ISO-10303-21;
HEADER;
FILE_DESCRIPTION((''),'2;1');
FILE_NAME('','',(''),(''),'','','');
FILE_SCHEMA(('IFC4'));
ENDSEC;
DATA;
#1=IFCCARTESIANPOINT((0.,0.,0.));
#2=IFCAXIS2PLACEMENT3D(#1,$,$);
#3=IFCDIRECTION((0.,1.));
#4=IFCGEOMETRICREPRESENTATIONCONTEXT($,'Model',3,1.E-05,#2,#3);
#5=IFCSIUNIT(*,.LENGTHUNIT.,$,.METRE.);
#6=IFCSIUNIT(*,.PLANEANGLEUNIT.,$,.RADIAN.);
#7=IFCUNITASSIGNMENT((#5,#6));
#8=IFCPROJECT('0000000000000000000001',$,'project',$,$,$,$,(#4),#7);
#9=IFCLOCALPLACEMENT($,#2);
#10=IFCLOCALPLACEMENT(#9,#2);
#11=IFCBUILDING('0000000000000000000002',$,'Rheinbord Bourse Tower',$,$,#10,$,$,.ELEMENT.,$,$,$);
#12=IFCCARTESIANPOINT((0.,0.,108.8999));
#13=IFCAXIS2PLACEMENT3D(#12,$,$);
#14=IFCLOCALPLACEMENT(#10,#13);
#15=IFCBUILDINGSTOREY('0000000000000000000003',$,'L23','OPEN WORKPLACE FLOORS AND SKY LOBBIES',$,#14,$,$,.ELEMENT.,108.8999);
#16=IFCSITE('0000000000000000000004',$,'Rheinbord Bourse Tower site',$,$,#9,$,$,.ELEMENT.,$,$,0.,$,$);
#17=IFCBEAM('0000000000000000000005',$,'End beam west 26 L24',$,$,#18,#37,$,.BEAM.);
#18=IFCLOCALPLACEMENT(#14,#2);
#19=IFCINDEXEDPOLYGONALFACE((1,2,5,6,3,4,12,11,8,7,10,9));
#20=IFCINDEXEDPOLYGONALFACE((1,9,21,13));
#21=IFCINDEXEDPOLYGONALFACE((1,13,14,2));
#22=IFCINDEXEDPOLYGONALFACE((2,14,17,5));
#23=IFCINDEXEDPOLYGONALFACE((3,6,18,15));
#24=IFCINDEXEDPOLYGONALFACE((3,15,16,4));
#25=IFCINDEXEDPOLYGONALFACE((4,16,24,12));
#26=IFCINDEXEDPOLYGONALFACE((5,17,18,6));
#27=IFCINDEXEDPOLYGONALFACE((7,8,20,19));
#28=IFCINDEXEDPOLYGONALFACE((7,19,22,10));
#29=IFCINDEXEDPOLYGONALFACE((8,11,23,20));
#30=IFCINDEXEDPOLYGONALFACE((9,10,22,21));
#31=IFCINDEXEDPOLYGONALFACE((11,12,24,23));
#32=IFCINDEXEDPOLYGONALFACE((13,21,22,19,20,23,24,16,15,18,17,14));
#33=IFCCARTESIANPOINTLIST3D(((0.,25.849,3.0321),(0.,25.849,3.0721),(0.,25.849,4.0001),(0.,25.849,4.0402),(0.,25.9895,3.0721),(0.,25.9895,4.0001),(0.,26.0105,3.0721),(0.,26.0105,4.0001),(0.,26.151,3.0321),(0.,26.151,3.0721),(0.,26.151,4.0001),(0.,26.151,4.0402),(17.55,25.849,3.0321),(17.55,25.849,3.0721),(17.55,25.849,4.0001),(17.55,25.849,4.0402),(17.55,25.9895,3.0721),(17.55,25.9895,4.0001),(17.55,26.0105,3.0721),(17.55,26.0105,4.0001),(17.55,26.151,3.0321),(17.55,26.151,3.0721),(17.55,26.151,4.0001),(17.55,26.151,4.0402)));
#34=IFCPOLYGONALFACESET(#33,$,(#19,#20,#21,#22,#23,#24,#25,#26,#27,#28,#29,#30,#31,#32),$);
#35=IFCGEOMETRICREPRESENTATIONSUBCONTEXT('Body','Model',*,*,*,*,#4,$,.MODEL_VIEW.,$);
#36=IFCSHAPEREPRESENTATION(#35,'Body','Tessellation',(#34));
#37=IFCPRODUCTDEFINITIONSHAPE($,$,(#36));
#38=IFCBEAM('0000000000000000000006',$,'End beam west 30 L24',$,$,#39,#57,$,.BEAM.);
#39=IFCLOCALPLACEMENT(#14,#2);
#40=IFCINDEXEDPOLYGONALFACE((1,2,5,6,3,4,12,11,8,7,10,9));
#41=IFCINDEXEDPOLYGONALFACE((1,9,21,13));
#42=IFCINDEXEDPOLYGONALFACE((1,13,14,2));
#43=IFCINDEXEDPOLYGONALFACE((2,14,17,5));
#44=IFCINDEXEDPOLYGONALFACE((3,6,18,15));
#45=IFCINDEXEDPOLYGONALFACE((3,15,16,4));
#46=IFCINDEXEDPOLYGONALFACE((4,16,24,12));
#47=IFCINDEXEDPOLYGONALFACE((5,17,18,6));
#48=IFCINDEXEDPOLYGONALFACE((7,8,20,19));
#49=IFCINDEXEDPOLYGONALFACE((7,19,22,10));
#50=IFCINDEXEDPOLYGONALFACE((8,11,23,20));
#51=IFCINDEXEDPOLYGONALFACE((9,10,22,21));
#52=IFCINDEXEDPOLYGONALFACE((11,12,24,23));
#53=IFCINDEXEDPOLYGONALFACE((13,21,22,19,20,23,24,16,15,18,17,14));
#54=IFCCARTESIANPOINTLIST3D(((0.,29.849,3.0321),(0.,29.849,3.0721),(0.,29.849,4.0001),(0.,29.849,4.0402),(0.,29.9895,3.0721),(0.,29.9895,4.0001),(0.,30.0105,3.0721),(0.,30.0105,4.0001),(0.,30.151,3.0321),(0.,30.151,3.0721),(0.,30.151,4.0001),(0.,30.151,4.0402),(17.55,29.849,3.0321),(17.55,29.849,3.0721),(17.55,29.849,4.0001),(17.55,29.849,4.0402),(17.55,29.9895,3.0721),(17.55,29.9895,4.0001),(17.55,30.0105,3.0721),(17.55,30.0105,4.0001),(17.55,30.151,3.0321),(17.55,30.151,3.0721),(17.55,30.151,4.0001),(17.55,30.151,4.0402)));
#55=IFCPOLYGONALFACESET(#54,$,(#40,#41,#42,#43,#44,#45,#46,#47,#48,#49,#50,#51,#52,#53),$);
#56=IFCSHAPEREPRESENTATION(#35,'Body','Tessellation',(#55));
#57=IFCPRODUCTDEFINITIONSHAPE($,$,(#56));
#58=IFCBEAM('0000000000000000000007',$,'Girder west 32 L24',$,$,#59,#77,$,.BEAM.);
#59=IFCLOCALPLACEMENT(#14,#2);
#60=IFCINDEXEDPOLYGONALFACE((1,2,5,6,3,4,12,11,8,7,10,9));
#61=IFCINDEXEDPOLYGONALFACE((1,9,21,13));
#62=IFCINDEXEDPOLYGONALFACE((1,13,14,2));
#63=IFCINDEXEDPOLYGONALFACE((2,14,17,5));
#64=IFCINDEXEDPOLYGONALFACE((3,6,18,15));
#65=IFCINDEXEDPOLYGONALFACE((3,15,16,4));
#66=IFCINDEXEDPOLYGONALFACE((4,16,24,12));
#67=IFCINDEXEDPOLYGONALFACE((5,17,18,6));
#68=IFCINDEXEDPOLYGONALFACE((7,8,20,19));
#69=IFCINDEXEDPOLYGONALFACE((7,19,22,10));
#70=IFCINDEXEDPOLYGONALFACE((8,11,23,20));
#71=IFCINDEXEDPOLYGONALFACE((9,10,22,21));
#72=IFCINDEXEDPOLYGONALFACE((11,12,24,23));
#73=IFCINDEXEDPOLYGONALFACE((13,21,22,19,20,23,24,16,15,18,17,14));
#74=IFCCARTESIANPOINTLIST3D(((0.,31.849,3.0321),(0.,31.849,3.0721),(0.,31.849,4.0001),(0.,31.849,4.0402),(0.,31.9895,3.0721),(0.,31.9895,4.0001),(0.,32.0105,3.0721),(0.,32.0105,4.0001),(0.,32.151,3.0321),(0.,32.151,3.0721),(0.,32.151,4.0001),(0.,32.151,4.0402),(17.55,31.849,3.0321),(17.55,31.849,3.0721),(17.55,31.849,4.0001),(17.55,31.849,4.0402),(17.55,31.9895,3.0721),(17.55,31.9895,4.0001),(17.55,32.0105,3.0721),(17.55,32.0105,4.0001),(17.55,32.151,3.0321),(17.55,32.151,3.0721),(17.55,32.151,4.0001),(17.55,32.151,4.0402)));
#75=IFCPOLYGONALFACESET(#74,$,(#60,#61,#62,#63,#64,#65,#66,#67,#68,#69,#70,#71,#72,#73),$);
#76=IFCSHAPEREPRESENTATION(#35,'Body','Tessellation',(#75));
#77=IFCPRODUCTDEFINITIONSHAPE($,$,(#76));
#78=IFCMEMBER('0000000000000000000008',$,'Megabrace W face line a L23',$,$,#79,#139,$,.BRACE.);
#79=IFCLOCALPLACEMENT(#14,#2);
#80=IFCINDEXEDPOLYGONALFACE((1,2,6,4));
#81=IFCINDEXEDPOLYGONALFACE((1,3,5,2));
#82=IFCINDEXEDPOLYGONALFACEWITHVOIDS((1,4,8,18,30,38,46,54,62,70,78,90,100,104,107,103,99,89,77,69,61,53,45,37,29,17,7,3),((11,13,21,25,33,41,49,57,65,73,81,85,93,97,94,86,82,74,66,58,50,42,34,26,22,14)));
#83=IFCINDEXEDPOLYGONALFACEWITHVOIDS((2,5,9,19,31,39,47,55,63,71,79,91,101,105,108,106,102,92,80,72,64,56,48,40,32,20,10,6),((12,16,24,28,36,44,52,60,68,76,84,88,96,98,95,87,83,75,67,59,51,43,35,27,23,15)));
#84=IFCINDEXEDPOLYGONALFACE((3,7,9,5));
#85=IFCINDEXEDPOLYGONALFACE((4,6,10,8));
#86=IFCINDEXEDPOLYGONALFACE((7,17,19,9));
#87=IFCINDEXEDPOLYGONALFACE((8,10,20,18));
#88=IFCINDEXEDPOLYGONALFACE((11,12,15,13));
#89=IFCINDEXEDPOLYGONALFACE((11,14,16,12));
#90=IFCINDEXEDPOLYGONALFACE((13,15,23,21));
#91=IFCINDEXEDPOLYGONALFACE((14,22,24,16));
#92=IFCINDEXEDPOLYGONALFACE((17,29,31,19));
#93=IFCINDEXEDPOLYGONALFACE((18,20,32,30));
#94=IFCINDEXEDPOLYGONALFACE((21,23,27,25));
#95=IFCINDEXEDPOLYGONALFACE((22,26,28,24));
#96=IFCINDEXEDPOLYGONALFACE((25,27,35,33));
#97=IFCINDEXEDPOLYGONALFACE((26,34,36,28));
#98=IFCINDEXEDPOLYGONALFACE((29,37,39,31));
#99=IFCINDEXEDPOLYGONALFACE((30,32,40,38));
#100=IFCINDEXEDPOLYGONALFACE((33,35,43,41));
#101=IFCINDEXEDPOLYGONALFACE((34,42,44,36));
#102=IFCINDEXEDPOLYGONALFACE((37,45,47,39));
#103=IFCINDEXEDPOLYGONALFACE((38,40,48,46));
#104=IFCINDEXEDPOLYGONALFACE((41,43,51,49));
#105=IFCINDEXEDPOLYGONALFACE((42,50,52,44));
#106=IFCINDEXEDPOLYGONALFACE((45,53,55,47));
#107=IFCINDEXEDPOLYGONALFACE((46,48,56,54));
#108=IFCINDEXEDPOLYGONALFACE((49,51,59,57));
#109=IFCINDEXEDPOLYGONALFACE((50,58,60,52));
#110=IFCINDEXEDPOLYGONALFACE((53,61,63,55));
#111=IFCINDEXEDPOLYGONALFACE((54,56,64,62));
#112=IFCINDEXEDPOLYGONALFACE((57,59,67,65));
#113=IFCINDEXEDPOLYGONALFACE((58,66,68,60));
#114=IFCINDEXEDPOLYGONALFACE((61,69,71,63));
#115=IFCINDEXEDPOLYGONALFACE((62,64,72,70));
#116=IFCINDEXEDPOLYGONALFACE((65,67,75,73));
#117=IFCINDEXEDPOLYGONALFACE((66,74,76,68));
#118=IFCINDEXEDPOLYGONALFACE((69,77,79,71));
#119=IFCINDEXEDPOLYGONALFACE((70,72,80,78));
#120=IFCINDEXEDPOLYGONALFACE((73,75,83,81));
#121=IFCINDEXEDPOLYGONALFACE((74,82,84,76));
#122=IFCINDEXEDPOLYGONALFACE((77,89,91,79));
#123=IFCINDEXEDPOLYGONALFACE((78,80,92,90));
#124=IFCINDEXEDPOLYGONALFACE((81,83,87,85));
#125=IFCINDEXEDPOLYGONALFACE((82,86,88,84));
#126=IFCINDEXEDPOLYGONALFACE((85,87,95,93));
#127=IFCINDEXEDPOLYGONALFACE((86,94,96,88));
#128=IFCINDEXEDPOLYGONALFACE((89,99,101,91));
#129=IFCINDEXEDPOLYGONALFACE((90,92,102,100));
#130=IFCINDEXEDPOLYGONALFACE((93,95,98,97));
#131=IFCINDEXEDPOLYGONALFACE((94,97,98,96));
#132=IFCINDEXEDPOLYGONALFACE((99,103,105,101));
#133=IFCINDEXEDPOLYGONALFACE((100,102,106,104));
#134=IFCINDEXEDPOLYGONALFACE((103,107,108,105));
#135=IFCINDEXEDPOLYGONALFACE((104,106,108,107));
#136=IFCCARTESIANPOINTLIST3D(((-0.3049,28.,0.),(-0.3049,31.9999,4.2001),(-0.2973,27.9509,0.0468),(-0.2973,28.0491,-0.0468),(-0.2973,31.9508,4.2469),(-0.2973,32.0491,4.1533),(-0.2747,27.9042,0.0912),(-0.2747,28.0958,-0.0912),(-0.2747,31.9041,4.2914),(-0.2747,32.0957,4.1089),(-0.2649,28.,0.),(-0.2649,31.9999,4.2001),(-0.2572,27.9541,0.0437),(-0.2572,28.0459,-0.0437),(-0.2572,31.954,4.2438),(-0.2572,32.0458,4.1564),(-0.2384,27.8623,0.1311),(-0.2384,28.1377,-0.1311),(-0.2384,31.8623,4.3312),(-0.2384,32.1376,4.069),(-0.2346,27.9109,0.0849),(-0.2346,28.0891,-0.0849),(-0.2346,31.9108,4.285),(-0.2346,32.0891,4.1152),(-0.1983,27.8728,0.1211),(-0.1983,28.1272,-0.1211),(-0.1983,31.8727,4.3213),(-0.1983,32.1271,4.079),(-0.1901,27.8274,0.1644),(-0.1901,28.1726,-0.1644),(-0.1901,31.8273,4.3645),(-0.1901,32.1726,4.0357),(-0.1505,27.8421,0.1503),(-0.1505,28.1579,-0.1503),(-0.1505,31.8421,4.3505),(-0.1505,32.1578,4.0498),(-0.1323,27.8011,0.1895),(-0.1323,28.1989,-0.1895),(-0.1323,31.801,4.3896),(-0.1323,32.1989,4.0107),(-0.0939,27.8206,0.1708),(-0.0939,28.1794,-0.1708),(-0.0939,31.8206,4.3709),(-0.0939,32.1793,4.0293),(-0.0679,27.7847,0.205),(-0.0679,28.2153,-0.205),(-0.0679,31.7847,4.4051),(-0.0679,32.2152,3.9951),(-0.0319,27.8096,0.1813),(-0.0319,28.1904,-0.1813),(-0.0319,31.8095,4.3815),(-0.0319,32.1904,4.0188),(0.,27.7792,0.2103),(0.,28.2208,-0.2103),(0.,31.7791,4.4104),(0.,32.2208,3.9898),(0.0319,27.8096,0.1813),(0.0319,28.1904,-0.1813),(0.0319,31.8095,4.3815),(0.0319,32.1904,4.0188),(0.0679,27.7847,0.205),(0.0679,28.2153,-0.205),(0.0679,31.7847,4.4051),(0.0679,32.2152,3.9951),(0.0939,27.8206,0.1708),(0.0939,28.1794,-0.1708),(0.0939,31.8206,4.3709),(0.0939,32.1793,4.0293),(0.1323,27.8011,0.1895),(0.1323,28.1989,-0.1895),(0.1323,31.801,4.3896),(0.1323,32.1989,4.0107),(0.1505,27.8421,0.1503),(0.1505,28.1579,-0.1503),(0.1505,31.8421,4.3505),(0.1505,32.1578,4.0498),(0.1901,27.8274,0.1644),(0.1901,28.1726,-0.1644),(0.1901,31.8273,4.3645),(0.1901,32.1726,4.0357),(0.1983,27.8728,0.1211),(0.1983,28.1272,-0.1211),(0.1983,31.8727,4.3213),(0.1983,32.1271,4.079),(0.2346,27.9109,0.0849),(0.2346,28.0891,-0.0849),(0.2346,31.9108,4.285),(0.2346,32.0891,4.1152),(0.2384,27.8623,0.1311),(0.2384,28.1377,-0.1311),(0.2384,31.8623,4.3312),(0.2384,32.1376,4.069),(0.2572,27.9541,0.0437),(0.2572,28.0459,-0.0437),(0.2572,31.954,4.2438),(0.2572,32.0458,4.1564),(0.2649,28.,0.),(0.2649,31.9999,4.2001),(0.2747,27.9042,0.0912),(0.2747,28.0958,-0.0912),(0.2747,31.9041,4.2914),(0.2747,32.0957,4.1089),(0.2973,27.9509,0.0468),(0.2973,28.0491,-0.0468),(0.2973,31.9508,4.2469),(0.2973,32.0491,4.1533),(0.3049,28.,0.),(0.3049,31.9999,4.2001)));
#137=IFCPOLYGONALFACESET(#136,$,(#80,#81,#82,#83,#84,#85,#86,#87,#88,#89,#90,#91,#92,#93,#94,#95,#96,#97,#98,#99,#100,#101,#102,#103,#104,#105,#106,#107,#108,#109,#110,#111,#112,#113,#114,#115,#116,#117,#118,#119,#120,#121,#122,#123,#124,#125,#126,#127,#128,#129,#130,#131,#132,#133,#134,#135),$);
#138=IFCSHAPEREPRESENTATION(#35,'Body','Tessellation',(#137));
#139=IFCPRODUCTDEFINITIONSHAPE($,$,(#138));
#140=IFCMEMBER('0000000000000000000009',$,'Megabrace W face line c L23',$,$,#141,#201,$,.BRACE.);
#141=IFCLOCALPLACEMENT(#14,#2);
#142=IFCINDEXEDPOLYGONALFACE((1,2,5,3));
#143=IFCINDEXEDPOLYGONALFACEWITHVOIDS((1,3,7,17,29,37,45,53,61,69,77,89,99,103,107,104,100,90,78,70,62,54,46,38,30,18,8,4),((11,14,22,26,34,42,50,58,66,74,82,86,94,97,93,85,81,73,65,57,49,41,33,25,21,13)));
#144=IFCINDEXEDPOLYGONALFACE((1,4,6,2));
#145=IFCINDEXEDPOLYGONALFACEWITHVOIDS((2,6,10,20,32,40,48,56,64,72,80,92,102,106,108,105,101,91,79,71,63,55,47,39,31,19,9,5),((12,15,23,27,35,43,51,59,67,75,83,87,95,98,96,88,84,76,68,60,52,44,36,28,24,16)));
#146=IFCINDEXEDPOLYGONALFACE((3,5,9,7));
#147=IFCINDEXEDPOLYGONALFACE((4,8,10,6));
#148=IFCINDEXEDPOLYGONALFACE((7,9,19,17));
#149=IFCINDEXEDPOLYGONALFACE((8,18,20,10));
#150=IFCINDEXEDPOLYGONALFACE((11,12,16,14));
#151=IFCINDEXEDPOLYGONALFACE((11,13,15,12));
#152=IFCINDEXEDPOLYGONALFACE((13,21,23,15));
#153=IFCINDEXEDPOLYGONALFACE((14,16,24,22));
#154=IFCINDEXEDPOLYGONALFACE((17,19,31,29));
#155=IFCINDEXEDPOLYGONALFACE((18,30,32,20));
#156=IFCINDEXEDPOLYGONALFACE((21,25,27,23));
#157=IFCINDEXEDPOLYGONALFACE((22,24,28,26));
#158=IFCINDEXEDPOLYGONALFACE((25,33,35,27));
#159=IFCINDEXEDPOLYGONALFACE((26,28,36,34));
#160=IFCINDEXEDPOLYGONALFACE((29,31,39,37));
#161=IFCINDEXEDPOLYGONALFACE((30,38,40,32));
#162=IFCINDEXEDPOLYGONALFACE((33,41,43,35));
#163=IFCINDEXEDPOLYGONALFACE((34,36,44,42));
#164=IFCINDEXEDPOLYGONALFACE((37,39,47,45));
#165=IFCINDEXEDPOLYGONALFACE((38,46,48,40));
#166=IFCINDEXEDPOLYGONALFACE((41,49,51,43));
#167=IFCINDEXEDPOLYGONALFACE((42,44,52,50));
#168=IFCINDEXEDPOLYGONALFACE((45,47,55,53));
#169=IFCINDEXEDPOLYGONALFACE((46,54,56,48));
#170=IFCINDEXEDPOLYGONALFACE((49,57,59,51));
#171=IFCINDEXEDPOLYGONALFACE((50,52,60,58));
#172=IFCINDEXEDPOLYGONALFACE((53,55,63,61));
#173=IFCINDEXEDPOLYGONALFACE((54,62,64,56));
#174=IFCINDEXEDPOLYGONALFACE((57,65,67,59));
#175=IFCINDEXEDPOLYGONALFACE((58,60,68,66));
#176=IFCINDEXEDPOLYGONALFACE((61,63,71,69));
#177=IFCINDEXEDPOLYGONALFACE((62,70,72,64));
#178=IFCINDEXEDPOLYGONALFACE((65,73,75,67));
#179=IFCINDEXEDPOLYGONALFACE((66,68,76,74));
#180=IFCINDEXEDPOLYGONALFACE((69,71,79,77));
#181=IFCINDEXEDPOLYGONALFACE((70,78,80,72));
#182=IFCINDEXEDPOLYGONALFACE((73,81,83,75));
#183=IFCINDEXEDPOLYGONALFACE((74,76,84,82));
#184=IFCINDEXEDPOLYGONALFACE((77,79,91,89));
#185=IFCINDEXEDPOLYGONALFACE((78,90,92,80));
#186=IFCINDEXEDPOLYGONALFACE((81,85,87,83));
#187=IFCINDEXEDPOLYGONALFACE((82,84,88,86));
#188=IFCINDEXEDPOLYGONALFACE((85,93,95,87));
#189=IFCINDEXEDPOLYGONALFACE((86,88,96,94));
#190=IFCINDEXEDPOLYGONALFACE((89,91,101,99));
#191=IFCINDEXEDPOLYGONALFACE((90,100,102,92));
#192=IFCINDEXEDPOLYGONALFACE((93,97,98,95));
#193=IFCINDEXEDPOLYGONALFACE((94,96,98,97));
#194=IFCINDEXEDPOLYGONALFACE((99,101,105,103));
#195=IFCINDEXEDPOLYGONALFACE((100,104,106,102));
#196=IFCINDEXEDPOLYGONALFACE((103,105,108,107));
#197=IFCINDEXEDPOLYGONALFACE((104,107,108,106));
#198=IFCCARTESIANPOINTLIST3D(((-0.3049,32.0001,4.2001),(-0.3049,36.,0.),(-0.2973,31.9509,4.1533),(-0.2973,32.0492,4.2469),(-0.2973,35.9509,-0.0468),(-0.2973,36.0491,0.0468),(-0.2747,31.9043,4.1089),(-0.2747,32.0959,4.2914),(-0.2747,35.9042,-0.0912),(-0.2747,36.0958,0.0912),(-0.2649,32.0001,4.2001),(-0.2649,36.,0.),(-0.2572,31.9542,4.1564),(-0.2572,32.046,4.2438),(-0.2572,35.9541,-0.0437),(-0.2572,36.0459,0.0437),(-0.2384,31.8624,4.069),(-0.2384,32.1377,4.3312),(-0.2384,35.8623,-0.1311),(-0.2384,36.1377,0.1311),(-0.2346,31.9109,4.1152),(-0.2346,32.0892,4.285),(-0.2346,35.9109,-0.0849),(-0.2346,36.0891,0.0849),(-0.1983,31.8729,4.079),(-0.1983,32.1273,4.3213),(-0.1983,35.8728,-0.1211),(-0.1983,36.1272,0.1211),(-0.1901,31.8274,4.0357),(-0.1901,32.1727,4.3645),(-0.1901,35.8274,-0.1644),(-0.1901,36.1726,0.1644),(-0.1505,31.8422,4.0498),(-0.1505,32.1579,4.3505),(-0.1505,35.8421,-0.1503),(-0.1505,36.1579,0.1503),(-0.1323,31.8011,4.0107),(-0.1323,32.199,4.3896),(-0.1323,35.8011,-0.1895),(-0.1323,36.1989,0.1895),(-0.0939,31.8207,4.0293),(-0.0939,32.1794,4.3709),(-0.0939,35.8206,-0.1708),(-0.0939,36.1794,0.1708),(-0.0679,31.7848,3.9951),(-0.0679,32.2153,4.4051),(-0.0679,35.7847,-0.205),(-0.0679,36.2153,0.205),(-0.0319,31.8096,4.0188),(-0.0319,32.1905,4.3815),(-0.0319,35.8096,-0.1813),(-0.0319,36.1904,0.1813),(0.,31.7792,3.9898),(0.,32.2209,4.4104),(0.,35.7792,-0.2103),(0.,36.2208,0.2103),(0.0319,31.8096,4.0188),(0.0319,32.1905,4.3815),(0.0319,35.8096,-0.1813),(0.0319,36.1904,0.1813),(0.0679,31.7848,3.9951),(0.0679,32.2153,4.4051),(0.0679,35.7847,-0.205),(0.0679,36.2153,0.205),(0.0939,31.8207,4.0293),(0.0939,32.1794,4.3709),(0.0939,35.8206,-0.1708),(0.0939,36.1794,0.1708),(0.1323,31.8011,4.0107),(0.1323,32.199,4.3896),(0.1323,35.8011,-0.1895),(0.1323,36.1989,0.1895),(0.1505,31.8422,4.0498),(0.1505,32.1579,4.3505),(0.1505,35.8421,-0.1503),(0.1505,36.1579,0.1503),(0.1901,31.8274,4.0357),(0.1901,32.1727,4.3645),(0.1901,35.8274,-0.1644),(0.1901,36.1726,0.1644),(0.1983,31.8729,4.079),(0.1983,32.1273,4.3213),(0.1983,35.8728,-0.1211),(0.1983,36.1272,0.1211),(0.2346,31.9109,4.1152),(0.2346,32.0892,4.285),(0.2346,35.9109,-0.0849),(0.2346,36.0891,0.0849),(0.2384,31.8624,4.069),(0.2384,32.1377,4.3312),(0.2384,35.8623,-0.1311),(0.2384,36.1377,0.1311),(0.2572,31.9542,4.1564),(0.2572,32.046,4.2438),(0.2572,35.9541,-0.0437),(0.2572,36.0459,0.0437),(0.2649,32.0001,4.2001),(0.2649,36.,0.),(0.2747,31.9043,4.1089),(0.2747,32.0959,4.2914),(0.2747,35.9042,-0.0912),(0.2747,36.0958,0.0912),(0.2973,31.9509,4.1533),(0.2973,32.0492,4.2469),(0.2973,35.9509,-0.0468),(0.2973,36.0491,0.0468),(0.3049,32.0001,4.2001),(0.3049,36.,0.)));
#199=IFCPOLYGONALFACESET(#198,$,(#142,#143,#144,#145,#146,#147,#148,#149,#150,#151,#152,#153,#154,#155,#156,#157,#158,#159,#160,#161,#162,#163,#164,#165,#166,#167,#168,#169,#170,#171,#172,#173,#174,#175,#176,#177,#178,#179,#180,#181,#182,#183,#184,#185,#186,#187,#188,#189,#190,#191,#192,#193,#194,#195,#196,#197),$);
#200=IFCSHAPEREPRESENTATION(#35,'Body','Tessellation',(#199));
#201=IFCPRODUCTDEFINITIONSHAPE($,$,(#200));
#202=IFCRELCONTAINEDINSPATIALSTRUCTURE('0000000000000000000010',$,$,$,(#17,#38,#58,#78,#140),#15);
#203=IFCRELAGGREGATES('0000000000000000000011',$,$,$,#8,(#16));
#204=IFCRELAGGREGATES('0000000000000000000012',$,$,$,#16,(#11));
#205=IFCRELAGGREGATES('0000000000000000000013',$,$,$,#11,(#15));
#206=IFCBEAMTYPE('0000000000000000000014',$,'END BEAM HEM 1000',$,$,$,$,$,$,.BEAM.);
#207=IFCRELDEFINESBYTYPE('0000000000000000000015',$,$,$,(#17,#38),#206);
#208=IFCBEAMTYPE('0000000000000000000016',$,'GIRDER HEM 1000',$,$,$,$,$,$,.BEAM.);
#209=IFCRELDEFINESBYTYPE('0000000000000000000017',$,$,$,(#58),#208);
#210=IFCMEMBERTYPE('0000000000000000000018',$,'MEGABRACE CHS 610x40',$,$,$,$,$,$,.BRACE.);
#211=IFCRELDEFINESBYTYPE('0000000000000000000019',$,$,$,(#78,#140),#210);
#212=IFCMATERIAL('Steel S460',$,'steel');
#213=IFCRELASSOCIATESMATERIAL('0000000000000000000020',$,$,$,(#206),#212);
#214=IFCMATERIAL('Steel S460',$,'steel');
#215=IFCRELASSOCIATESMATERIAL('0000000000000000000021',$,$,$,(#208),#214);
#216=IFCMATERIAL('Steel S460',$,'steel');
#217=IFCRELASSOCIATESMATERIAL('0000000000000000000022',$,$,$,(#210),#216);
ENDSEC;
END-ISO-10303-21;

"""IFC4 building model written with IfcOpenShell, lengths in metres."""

from ifc_helpers import new_model, si_unit, direction, frame, origin, origin_2d, place, context, subcontext, project, spatial, hollow_circle, i_section, extrude, material, material_profile, profile_set, type_object, element, save


model = new_model("IFC4")

# Units and contexts
model_context = context("Model", 3, precision=1e-05, world=origin(), true_north=direction((0.0, 1.0)))
body_context = subcontext(model_context, "Body", "Model", "MODEL_VIEW")
ifc_project = project(units=[si_unit("LENGTHUNIT", "METRE"), si_unit("PLANEANGLEUNIT", "RADIAN")], contexts=[model_context])

# Site, building, storey
site_placement = place(None, origin())
site = spatial("IfcSite", under=ifc_project, at=site_placement, Name="Rheinbord Bourse Tower site", CompositionType="ELEMENT", RefElevation=0.0)
building_placement = place(site_placement, origin())
building = spatial("IfcBuilding", under=site, at=building_placement, Name="Rheinbord Bourse Tower", CompositionType="ELEMENT")
storey_placement = place(building_placement, frame((0.0, 0.0, 108.8999)))
storey = spatial("IfcBuildingStorey", under=building, at=storey_placement, Name="L23", Description="OPEN WORKPLACE FLOORS AND SKY LOBBIES", CompositionType="ELEMENT", Elevation=108.8999)

# Beams
ifc_material_1 = material(Name="Steel S460", Category="steel")
ifc_material_profile_1 = material_profile(ifc_material_1, i_section(OverallWidth=0.302, OverallDepth=1.0081, WebThickness=0.021, FlangeThickness=0.04, at=origin_2d()), Name="HEM 1000")
ifc_profile_set_1 = profile_set([ifc_material_profile_1], Name="Steel S460")
beam_type_1 = type_object("IfcBeamType", Name="END BEAM HEM 1000", PredefinedType="BEAM", material=ifc_profile_set_1)
for number, where, z_axis, x_axis, name in (
    (1, (0.0, 26.0, 3.5361), (1.0, 0.0, 0.0), (0.0, 1.0, 0.0), "End beam west 26 L24"),
    (2, (0.0, 30.0, 3.5361), (1.0, 0.0, 0.0), (0.0, 1.0, 0.0), "End beam west 30 L24"),
):
    element("IfcBeam", number, at=place(storey_placement, frame(where, z_axis=z_axis, x_axis=x_axis)), inside=storey, type_object=beam_type_1, Name=name, PredefinedType="BEAM", context=body_context, shape_type="SweptSolid", body=[
        extrude(i_section(OverallWidth=0.302, OverallDepth=1.0081, WebThickness=0.021, FlangeThickness=0.04, at=origin_2d()), origin(), (0.0, 0.0, 1.0), 17.55),
    ])
ifc_material_2 = material(Name="Steel S460", Category="steel")
ifc_material_profile_2 = material_profile(ifc_material_2, i_section(OverallWidth=0.302, OverallDepth=1.0081, WebThickness=0.021, FlangeThickness=0.04, at=origin_2d()), Name="HEM 1000")
ifc_profile_set_2 = profile_set([ifc_material_profile_2], Name="Steel S460")
beam_type_2 = type_object("IfcBeamType", Name="GIRDER HEM 1000", PredefinedType="BEAM", material=ifc_profile_set_2)
beam_1_placement = place(storey_placement, frame((0.0, 32.0, 3.5361), z_axis=(1.0, 0.0, 0.0), x_axis=(0.0, 1.0, 0.0)))
element("IfcBeam", 3, at=beam_1_placement, inside=storey, type_object=beam_type_2, Name="Girder west 32 L24", PredefinedType="BEAM", context=body_context, shape_type="SweptSolid", body=[
    extrude(i_section(OverallWidth=0.302, OverallDepth=1.0081, WebThickness=0.021, FlangeThickness=0.04, at=origin_2d()), origin(), (0.0, 0.0, 1.0), 17.55),
])

# Members
ifc_material_3 = material(Name="Steel S460", Category="steel")
ifc_material_profile_3 = material_profile(ifc_material_3, hollow_circle(Radius=0.3049, WallThickness=0.04, at=origin_2d()), Name="CHS 610x40")
ifc_profile_set_3 = profile_set([ifc_material_profile_3], Name="Steel S460")
member_type_1 = type_object("IfcMemberType", Name="MEGABRACE CHS 610x40", PredefinedType="BRACE", material=ifc_profile_set_3)
for number, where, z_axis, x_axis, name in (
    (4, (0.0, 28.0, 0.0), (0.0, 0.689638, 0.724154), (-1.0, 0.0, 0.0), "Megabrace W face line a L23"),
    (5, (0.0, 36.0, 0.0), (0.0, -0.689638, 0.724154), (1.0, 0.0, 0.0), "Megabrace W face line c L23"),
):
    element("IfcMember", number, at=place(storey_placement, frame(where, z_axis=z_axis, x_axis=x_axis)), inside=storey, type_object=member_type_1, Name=name, PredefinedType="BRACE", context=body_context, shape_type="SweptSolid", body=[
        extrude(hollow_circle(Radius=0.3049, WallThickness=0.04, at=origin_2d()), origin(), (0.0, 0.0, 1.0), 5.8),
    ])

save(model, "model.ifc")
